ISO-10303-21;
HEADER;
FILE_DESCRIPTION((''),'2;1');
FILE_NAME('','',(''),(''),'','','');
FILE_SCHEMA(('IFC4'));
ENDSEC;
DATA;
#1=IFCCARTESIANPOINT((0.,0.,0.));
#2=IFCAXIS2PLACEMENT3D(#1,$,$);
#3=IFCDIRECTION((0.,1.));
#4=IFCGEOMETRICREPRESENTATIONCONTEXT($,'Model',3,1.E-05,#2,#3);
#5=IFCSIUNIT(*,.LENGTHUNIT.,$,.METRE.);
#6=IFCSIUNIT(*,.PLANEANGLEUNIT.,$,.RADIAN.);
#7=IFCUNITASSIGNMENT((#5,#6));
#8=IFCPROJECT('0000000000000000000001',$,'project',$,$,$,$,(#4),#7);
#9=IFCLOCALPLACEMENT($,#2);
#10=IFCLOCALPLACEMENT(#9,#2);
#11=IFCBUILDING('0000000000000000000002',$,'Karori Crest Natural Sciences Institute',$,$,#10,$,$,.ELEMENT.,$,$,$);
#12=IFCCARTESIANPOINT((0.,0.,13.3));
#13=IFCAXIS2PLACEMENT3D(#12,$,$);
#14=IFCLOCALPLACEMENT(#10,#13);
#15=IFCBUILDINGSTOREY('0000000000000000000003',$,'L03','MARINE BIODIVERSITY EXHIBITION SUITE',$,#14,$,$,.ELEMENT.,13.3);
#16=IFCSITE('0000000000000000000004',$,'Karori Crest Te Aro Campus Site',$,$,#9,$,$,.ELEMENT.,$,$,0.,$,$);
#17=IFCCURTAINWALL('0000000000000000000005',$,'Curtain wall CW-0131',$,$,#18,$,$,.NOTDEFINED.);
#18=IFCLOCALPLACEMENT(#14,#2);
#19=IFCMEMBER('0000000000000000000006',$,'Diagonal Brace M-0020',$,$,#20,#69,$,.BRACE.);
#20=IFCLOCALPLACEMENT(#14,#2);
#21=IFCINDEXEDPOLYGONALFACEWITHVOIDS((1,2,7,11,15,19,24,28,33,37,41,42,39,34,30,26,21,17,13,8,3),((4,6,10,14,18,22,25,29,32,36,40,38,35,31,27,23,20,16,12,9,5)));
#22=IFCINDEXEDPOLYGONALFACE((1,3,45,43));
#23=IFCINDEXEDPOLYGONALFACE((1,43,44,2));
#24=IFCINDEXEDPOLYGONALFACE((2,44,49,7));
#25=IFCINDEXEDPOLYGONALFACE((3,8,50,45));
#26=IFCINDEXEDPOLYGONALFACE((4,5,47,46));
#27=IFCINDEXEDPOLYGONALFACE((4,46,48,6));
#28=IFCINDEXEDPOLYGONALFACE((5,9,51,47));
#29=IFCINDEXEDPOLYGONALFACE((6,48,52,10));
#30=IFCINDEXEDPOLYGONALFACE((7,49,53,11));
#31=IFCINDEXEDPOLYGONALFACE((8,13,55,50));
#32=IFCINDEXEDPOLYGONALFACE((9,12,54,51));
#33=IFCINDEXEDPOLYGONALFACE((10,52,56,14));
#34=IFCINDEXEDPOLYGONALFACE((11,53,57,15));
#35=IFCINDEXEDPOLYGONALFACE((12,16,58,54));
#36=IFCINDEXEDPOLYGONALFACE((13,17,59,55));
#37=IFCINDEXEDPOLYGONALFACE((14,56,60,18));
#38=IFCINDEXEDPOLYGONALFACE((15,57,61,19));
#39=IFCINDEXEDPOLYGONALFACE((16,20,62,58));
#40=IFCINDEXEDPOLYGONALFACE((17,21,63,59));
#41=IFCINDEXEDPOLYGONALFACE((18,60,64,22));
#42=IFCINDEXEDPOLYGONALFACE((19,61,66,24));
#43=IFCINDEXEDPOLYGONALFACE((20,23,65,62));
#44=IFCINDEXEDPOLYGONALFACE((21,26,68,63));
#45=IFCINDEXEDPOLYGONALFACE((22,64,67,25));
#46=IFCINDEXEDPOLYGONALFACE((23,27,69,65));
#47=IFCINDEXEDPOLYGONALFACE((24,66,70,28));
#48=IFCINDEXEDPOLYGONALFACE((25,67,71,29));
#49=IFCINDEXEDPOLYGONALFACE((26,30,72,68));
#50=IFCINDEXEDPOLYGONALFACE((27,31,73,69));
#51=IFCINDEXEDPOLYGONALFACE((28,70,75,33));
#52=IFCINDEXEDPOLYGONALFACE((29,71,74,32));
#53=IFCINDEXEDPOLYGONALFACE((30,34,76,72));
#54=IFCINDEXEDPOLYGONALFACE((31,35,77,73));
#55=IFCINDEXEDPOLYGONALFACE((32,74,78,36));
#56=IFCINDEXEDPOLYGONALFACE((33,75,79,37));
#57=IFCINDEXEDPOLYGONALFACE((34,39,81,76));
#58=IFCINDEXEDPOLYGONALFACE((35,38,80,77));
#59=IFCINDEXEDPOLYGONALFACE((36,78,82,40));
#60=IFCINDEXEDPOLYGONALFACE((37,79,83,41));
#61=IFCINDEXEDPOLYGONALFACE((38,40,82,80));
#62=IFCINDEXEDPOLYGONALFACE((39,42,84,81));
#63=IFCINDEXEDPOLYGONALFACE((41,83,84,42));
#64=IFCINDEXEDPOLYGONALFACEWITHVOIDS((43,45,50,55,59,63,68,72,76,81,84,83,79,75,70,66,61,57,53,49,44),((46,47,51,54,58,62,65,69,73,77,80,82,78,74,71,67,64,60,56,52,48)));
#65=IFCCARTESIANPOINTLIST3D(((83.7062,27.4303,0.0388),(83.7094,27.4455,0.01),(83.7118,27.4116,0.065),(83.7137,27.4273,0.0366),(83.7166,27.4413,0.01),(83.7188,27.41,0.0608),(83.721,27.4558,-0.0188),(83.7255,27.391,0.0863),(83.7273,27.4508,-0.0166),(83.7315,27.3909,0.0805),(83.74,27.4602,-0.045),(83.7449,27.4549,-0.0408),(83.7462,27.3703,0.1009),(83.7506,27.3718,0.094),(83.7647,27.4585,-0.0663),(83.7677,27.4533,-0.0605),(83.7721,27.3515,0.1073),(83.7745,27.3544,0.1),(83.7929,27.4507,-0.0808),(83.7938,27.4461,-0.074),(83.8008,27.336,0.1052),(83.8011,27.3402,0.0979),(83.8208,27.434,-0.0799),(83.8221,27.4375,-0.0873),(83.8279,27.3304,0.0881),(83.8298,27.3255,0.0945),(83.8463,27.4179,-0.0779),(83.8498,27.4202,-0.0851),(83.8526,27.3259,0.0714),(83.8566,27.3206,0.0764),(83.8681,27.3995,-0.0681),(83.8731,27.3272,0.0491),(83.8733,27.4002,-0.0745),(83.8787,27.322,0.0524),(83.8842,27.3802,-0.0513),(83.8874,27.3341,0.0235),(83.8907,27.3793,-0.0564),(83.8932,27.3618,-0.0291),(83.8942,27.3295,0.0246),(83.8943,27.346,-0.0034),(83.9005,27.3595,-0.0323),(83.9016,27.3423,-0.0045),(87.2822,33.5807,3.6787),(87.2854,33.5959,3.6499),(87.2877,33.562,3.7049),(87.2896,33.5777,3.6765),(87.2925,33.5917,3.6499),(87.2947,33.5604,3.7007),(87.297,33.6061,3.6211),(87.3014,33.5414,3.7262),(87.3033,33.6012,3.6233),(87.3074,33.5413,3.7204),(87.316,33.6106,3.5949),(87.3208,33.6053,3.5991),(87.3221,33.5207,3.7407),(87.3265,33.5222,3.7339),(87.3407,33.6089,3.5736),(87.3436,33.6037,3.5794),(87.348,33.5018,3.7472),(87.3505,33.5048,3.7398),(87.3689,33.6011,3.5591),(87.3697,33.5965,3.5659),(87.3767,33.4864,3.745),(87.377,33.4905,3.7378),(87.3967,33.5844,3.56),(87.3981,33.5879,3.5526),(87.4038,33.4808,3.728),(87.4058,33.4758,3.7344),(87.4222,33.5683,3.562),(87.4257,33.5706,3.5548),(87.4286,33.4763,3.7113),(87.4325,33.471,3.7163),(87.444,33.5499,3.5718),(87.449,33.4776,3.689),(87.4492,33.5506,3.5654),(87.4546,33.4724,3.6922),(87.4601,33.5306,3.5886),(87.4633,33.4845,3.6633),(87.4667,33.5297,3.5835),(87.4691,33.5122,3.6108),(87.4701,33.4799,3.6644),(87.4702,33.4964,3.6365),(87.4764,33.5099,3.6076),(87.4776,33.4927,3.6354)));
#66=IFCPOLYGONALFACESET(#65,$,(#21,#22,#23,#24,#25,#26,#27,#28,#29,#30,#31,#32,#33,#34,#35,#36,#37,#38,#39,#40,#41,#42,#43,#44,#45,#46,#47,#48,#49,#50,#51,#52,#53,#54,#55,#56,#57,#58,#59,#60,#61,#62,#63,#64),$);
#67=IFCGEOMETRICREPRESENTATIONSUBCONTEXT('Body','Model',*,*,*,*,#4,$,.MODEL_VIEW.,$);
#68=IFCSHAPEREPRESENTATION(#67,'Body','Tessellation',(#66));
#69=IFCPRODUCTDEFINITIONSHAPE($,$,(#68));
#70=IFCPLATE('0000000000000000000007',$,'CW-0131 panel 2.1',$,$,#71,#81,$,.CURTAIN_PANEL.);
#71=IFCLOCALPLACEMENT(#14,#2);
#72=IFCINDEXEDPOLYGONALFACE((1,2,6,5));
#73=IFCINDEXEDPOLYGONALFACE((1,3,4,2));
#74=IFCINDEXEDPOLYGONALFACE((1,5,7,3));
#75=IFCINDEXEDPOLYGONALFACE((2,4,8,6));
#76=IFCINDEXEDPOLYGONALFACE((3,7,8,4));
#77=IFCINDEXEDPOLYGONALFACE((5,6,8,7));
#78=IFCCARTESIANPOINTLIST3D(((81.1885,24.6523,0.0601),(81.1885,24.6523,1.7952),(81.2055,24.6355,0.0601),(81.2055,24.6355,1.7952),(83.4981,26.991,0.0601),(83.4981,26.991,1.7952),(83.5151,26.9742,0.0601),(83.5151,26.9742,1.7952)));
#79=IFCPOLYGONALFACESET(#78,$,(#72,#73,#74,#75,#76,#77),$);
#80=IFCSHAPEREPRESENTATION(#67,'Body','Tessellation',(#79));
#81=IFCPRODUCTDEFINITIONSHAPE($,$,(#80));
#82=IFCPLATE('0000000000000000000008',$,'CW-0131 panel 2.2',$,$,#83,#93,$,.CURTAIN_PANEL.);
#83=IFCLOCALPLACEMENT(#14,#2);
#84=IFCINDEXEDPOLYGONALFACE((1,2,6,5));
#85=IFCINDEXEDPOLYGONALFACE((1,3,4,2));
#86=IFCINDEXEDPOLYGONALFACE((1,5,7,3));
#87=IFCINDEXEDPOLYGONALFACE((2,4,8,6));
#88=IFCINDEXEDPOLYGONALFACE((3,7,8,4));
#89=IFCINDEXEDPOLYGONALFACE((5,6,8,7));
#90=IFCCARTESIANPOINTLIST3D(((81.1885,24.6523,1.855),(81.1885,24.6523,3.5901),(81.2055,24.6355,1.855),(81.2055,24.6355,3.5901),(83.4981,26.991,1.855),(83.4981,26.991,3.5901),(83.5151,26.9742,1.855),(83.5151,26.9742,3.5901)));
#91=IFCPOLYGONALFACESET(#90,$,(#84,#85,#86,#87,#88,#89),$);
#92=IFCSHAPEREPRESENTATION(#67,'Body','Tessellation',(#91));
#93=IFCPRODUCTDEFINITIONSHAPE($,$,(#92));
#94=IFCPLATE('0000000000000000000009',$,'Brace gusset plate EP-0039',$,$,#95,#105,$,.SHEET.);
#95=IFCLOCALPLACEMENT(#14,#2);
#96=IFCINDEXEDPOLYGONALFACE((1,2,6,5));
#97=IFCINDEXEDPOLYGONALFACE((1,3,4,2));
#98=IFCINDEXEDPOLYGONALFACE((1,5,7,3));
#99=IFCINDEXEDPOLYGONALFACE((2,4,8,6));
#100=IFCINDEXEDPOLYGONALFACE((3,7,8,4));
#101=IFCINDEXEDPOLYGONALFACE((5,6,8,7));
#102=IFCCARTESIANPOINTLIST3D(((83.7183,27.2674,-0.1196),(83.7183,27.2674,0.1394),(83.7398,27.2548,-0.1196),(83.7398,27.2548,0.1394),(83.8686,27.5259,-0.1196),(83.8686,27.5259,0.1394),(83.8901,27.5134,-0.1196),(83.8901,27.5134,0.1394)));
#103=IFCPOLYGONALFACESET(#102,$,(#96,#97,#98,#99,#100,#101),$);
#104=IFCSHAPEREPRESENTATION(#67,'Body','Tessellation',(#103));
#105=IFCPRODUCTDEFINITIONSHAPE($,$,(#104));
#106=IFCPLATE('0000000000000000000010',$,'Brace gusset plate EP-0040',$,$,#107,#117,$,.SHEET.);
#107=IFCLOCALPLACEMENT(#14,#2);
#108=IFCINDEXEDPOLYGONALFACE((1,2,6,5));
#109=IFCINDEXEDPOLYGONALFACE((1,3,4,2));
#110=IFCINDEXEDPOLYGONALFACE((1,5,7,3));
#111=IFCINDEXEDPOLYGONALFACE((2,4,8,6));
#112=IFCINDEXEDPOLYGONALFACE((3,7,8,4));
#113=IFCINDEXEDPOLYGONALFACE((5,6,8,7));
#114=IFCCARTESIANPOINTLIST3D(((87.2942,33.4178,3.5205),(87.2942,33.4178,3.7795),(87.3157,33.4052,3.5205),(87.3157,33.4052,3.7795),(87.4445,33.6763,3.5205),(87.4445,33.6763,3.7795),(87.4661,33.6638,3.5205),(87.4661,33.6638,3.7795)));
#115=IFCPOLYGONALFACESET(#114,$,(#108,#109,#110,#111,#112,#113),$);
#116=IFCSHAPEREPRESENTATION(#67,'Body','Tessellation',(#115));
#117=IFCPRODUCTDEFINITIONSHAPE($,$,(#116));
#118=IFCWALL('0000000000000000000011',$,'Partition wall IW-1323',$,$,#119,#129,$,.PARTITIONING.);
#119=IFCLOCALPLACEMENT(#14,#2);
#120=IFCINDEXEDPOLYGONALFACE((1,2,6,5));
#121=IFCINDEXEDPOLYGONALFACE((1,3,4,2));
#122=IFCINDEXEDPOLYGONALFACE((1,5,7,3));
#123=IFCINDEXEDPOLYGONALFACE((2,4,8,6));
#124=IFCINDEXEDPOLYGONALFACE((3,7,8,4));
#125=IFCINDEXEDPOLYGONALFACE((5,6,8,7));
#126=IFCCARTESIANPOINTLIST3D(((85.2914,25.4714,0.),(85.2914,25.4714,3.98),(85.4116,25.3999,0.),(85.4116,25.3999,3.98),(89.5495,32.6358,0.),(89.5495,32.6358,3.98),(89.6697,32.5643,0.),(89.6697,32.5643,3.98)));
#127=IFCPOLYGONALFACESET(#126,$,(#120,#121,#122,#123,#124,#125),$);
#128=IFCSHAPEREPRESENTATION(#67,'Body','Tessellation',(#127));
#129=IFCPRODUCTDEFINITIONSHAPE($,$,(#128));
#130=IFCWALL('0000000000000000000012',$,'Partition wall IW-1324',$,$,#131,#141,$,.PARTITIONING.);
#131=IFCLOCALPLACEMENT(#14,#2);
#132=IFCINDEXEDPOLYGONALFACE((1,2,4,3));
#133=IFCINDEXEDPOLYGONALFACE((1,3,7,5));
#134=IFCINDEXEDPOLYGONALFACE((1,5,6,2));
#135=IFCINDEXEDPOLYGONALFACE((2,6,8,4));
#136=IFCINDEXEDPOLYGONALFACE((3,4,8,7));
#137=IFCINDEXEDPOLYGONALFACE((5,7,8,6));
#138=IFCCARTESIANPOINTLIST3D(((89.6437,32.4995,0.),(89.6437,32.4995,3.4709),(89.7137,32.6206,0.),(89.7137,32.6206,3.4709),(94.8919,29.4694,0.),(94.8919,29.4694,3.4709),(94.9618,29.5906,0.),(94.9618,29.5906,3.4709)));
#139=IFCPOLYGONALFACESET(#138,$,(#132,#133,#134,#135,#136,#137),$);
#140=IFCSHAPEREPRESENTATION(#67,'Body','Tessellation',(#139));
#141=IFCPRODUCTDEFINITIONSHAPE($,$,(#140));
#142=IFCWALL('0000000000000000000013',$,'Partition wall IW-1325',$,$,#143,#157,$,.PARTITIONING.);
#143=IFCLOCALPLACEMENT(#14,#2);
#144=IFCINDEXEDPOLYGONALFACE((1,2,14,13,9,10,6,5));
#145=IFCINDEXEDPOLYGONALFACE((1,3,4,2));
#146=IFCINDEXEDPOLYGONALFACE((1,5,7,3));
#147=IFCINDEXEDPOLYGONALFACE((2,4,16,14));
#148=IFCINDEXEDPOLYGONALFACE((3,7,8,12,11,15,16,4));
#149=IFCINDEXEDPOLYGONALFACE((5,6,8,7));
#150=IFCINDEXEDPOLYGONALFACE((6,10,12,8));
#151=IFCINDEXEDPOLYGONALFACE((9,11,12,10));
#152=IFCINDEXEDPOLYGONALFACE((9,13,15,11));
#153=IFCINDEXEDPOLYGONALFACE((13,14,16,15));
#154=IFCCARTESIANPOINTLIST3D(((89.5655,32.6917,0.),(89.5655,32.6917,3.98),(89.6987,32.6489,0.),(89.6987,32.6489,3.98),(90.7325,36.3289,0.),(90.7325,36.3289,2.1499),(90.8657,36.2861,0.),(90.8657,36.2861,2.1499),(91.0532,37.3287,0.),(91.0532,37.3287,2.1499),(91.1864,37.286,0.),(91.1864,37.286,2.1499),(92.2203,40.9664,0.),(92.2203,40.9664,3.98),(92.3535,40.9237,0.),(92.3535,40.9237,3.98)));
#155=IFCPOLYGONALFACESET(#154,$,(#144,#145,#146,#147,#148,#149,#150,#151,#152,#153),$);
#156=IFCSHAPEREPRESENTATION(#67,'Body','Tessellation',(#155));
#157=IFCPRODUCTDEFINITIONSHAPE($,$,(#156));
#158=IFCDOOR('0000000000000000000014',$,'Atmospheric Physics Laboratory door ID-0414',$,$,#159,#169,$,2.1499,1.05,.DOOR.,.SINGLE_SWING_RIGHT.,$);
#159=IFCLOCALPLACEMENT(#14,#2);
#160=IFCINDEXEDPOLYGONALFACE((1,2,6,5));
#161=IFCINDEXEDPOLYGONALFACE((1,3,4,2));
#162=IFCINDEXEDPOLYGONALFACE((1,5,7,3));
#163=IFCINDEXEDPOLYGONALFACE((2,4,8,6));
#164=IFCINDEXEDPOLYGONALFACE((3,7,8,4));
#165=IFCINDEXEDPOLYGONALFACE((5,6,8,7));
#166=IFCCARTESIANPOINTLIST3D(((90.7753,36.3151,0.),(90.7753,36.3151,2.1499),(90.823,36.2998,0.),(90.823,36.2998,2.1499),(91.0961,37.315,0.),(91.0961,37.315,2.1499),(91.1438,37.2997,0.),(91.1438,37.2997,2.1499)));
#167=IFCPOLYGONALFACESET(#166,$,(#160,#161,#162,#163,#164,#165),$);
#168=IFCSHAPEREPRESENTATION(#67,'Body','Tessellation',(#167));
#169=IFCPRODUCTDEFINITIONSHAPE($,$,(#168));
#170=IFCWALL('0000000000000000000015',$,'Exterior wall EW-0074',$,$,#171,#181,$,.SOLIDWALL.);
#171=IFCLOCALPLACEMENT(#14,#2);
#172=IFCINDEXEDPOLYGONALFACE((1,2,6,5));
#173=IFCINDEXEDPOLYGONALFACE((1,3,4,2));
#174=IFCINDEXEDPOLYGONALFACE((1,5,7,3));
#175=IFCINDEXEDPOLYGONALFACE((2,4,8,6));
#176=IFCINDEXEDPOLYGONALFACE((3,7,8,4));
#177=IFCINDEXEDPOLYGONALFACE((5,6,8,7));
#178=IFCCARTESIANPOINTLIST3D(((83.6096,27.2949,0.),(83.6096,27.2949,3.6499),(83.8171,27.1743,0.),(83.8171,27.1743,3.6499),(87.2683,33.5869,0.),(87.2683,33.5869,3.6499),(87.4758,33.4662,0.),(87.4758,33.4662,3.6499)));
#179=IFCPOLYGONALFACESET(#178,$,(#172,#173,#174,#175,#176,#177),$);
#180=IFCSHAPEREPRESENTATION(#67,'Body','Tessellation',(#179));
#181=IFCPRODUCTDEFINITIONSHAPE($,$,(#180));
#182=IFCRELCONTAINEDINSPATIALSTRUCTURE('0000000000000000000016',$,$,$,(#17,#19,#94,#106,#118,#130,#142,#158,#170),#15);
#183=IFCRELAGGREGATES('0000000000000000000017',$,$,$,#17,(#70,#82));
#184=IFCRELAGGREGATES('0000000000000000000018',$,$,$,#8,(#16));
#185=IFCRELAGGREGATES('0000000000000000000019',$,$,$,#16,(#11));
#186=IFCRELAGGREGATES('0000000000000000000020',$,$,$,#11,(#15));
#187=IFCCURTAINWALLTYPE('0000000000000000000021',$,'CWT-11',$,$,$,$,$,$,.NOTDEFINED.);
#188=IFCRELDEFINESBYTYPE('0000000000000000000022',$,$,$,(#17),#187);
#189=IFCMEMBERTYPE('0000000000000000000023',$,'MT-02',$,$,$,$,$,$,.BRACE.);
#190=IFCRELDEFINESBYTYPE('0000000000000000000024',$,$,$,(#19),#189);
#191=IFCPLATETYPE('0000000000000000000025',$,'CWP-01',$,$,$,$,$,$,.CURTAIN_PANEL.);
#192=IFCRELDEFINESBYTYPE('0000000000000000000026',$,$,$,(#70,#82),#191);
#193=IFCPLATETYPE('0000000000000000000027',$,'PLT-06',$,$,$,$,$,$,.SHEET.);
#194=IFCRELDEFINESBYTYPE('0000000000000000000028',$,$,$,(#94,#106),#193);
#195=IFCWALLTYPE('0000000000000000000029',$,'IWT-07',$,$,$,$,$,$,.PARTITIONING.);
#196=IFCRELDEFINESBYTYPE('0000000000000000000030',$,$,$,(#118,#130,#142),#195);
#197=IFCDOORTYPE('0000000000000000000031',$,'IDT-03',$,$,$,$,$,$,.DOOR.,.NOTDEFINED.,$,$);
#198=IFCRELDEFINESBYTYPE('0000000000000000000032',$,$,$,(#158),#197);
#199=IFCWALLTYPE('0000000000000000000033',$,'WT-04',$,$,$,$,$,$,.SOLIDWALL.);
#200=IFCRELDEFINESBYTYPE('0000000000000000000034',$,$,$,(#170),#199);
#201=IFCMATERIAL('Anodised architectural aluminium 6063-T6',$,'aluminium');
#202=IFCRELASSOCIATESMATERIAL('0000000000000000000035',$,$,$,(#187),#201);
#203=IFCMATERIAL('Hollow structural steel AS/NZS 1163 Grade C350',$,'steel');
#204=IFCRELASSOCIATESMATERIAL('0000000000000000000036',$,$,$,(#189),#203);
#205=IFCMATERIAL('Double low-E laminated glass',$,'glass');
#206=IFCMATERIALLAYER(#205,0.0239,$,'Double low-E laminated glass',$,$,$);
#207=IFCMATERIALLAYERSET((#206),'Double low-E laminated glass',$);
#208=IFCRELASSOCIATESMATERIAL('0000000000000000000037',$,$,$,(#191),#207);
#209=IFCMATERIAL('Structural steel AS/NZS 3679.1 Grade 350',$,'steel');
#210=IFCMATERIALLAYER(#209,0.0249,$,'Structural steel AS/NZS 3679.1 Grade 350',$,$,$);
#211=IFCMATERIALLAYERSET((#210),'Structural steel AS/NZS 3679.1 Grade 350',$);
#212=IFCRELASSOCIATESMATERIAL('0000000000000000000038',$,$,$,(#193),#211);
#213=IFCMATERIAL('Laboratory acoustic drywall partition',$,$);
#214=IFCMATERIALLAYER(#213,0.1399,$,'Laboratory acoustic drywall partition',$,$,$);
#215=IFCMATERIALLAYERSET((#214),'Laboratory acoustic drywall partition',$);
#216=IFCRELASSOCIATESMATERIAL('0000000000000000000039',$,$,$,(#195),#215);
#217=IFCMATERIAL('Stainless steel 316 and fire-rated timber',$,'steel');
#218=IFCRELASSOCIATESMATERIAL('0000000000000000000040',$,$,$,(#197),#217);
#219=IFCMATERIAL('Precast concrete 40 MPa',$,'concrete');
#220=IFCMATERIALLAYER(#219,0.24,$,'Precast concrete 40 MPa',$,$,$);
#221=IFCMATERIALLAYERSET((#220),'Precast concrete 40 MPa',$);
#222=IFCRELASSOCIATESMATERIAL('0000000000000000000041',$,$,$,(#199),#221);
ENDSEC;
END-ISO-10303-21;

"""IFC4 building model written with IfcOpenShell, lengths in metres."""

from ifc_helpers import new_model, si_unit, direction, frame, frame_2d, origin, origin_2d, place, context, subcontext, project, spatial, rectangle, hollow_circle, extrude, material, layer, layer_set, material_profile, profile_set, type_object, element, fill, aggregate, save


model = new_model("IFC4")

# Units and contexts
model_context = context("Model", 3, precision=1e-05, world=origin(), true_north=direction((0.0, 1.0)))
body_context = subcontext(model_context, "Body", "Model", "MODEL_VIEW")
ifc_project = project(units=[si_unit("LENGTHUNIT", "METRE"), si_unit("PLANEANGLEUNIT", "RADIAN")], contexts=[model_context])

# Site, building, storey
site_placement = place(None, origin())
site = spatial("IfcSite", under=ifc_project, at=site_placement, Name="Karori Crest Te Aro Campus Site", CompositionType="ELEMENT", RefElevation=0.0)
building_placement = place(site_placement, origin())
building = spatial("IfcBuilding", under=site, at=building_placement, Name="Karori Crest Natural Sciences Institute", CompositionType="ELEMENT")
storey_placement = place(building_placement, frame((0.0, 0.0, 13.3)))
storey = spatial("IfcBuildingStorey", under=building, at=storey_placement, Name="L03", Description="MARINE BIODIVERSITY EXHIBITION SUITE", CompositionType="ELEMENT", Elevation=13.3)

# Shared definitions
ifc_material_1 = material(Name="Structural steel AS/NZS 3679.1 Grade 350", Category="steel")

# Shared definitions
ifc_material_2 = material(Name="Hollow structural steel AS/NZS 1163 Grade C350", Category="steel")

# Curtain wall
ifc_material_3 = material(Name="Anodised architectural aluminium 6063-T6", Category="aluminium")
curtain_wall_type_1 = type_object("IfcCurtainWallType", Name="CWT-11", PredefinedType="NOTDEFINED", material=ifc_material_3)
curtain_wall_1_placement = place(storey_placement, origin())
curtain_wall_1 = element("IfcCurtainWall", 1, at=curtain_wall_1_placement, inside=storey, type_object=curtain_wall_type_1, Name="Curtain wall CW-0131", PredefinedType="NOTDEFINED")

# Member
ifc_material_profile_1 = material_profile(ifc_material_2, hollow_circle(Radius=0.1096, WallThickness=0.0083, at=origin_2d()), Name="CHS219.1x8.2")
ifc_profile_set_1 = profile_set([ifc_material_profile_1], Name="Hollow structural steel AS/NZS 1163 Grade C350")
member_type_1 = type_object("IfcMemberType", Name="MT-02", PredefinedType="BRACE", material=ifc_profile_set_1)
member_1_placement = place(storey_placement, frame((83.8042, 27.3904, 0.01), z_axis=(0.447469, 0.769621, 0.455473), x_axis=(-0.8645, 0.502633, 0.0)))
element("IfcMember", 2, at=member_1_placement, inside=storey, type_object=member_type_1, Name="Diagonal Brace M-0020", PredefinedType="BRACE", context=body_context, shape_type="SweptSolid", body=[
    extrude(hollow_circle(Radius=0.1096, WallThickness=0.0083, at=origin_2d()), origin(), (0.0, 0.0, 1.0), 7.9915),
])

# Plates
ifc_material_4 = material(Name="Double low-E laminated glass", Category="glass")
ifc_layer_1 = layer(ifc_material_4, 0.0239, Name="Double low-E laminated glass")
ifc_layer_set_1 = layer_set([ifc_layer_1], Name="Double low-E laminated glass")
plate_type_1 = type_object("IfcPlateType", Name="CWP-01", PredefinedType="CURTAIN_PANEL", material=ifc_layer_set_1)
plate_1_placement = place(storey_placement, frame((82.3518, 25.8132, 0.0601), z_axis=(0.0, 0.0, 1.0), x_axis=(0.702661, 0.711525, 0.0)))
plate_1 = element("IfcPlate", 3, at=plate_1_placement, type_object=plate_type_1, Name="CW-0131 panel 2.1", PredefinedType="CURTAIN_PANEL", context=body_context, shape_type="SweptSolid", body=[
    extrude(rectangle(XDim=3.2869, YDim=0.0239, at=origin_2d()), origin(), (0.0, 0.0, 1.0), 1.7351),
])
plate_2_placement = place(storey_placement, frame((82.3518, 25.8132, 1.855), z_axis=(0.0, 0.0, 1.0), x_axis=(0.702661, 0.711525, 0.0)))
plate_2 = element("IfcPlate", 4, at=plate_2_placement, type_object=plate_type_1, Name="CW-0131 panel 2.2", PredefinedType="CURTAIN_PANEL", context=body_context, shape_type="SweptSolid", body=[
    extrude(rectangle(XDim=3.2869, YDim=0.0239, at=origin_2d()), origin(), (0.0, 0.0, 1.0), 1.7351),
])
aggregate(curtain_wall_1, [plate_1, plate_2])

# Plates
ifc_layer_2 = layer(ifc_material_1, 0.0249, Name="Structural steel AS/NZS 3679.1 Grade 350")
ifc_layer_set_2 = layer_set([ifc_layer_2], Name="Structural steel AS/NZS 3679.1 Grade 350")
plate_type_2 = type_object("IfcPlateType", Name="PLT-06", PredefinedType="SHEET", material=ifc_layer_set_2)
for number, where, z_axis, x_axis, name in (
    (5, (83.8042, 27.3904, -0.1196), (0.0, 0.0, 1.0), (0.502652, 0.864489, 0.0), "Brace gusset plate EP-0039"),
    (6, (87.3801, 33.5408, 3.5205), (0.0, 0.0, 1.0), (0.502652, 0.864489, 0.0), "Brace gusset plate EP-0040"),
):
    element("IfcPlate", number, at=place(storey_placement, frame(where, z_axis=z_axis, x_axis=x_axis)), inside=storey, type_object=plate_type_2, Name=name, PredefinedType="SHEET", context=body_context, shape_type="SweptSolid", body=[
        extrude(rectangle(XDim=0.2991, YDim=0.0249, at=origin_2d()), origin(), (0.0, 0.0, 1.0), 0.259),
    ])

# Walls
ifc_material_5 = material(Name="Laboratory acoustic drywall partition")
ifc_layer_3 = layer(ifc_material_5, 0.1399, Name="Laboratory acoustic drywall partition")
ifc_layer_set_3 = layer_set([ifc_layer_3], Name="Laboratory acoustic drywall partition")
wall_type_1 = type_object("IfcWallType", Name="IWT-07", PredefinedType="PARTITIONING", material=ifc_layer_set_3)
wall_1_placement = place(storey_placement, frame((85.3516, 25.4358, 0.0), z_axis=(0.0, 0.0, 1.0), x_axis=(0.510916, 0.859631, 0.0)))
element("IfcWall", 7, at=wall_1_placement, inside=storey, type_object=wall_type_1, Name="Partition wall IW-1323", PredefinedType="PARTITIONING", context=body_context, shape_type="SweptSolid", body=[
    extrude(rectangle(XDim=8.3342, YDim=0.1399, at=frame_2d((4.167, 0.0))), origin(), (0.0, 0.0, 1.0), 3.98),
])
wall_2_placement = place(storey_placement, frame((89.6787, 32.5601, 0.0), z_axis=(0.0, 0.0, 1.0), x_axis=(0.866021, -0.500008, 0.0)))
element("IfcWall", 8, at=wall_2_placement, inside=storey, type_object=wall_type_1, Name="Partition wall IW-1324", PredefinedType="PARTITIONING", context=body_context, shape_type="SweptSolid", body=[
    extrude(rectangle(XDim=6.0601, YDim=0.1399, at=frame_2d((3.03, 0.0))), origin(), (0.0, 0.0, 1.0), 3.4709),
])

# Wall, opening, door
wall_3_placement = place(storey_placement, frame((89.6321, 32.6702, 0.0), z_axis=(0.0, 0.0, 1.0), x_axis=(0.305495, 0.952194, 0.0)))
wall_3 = element("IfcWall", 9, at=wall_3_placement, inside=storey, type_object=wall_type_1, Name="Partition wall IW-1325", PredefinedType="PARTITIONING", context=body_context, shape_type="SweptSolid", body=[
    extrude(rectangle(XDim=8.6902, YDim=0.1399, at=frame_2d((4.3452, 0.0))), origin(), (0.0, 0.0, 1.0), 3.98),
])
opening_placement = place(wall_3_placement, frame((3.8201, 0.0, 0.0)))
opening = element("IfcOpeningElement", 10, at=opening_placement, cuts=wall_3, PredefinedType="OPENING", context=body_context, shape_type="SweptSolid", body=[
    extrude(rectangle(XDim=1.05, YDim=2.1499, at=frame_2d((0.5249, 1.075))), frame((0.0, 0.0801, 0.0), z_axis=(0.0, -1.0, 0.0), x_axis=(1.0, 0.0, 0.0)), (0.0, 0.0, 1.0), 0.1599),
])
ifc_material_6 = material(Name="Stainless steel 316 and fire-rated timber", Category="steel")
door_type = type_object("IfcDoorType", Name="IDT-03", OperationType="NOTDEFINED", PredefinedType="DOOR", material=ifc_material_6)
door_placement = place(opening_placement, origin())
door = element("IfcDoor", 11, at=door_placement, inside=storey, type_object=door_type, Name="Atmospheric Physics Laboratory door ID-0414", OperationType="SINGLE_SWING_RIGHT", OverallHeight=2.1499, OverallWidth=1.05, PredefinedType="DOOR", context=body_context, shape_type="SweptSolid", body=[
    extrude(rectangle(XDim=1.05, YDim=2.1499, at=frame_2d((0.5249, 1.075))), frame((0.0, 0.0249, 0.0), z_axis=(0.0, -1.0, 0.0), x_axis=(1.0, 0.0, 0.0)), (0.0, 0.0, 1.0), 0.05),
])
fill(opening, door)

# Wall
ifc_material_7 = material(Name="Precast concrete 40 MPa", Category="concrete")
ifc_layer_4 = layer(ifc_material_7, 0.24, Name="Precast concrete 40 MPa")
ifc_layer_set_4 = layer_set([ifc_layer_4], Name="Precast concrete 40 MPa")
wall_type_2 = type_object("IfcWallType", Name="WT-04", PredefinedType="SOLIDWALL", material=ifc_layer_set_4)
wall_4_placement = place(storey_placement, frame((83.7134, 27.2346, 0.0), z_axis=(0.0, 0.0, 1.0), x_axis=(0.502678, 0.864474, 0.0)))
element("IfcWall", 12, at=wall_4_placement, inside=storey, type_object=wall_type_2, Name="Exterior wall EW-0074", PredefinedType="SOLIDWALL", context=body_context, shape_type="SweptSolid", body=[
    extrude(rectangle(XDim=7.2783, YDim=0.24, at=frame_2d((3.6392, 0.0))), origin(), (0.0, 0.0, 1.0), 3.6499),
])

save(model, "model.ifc")
